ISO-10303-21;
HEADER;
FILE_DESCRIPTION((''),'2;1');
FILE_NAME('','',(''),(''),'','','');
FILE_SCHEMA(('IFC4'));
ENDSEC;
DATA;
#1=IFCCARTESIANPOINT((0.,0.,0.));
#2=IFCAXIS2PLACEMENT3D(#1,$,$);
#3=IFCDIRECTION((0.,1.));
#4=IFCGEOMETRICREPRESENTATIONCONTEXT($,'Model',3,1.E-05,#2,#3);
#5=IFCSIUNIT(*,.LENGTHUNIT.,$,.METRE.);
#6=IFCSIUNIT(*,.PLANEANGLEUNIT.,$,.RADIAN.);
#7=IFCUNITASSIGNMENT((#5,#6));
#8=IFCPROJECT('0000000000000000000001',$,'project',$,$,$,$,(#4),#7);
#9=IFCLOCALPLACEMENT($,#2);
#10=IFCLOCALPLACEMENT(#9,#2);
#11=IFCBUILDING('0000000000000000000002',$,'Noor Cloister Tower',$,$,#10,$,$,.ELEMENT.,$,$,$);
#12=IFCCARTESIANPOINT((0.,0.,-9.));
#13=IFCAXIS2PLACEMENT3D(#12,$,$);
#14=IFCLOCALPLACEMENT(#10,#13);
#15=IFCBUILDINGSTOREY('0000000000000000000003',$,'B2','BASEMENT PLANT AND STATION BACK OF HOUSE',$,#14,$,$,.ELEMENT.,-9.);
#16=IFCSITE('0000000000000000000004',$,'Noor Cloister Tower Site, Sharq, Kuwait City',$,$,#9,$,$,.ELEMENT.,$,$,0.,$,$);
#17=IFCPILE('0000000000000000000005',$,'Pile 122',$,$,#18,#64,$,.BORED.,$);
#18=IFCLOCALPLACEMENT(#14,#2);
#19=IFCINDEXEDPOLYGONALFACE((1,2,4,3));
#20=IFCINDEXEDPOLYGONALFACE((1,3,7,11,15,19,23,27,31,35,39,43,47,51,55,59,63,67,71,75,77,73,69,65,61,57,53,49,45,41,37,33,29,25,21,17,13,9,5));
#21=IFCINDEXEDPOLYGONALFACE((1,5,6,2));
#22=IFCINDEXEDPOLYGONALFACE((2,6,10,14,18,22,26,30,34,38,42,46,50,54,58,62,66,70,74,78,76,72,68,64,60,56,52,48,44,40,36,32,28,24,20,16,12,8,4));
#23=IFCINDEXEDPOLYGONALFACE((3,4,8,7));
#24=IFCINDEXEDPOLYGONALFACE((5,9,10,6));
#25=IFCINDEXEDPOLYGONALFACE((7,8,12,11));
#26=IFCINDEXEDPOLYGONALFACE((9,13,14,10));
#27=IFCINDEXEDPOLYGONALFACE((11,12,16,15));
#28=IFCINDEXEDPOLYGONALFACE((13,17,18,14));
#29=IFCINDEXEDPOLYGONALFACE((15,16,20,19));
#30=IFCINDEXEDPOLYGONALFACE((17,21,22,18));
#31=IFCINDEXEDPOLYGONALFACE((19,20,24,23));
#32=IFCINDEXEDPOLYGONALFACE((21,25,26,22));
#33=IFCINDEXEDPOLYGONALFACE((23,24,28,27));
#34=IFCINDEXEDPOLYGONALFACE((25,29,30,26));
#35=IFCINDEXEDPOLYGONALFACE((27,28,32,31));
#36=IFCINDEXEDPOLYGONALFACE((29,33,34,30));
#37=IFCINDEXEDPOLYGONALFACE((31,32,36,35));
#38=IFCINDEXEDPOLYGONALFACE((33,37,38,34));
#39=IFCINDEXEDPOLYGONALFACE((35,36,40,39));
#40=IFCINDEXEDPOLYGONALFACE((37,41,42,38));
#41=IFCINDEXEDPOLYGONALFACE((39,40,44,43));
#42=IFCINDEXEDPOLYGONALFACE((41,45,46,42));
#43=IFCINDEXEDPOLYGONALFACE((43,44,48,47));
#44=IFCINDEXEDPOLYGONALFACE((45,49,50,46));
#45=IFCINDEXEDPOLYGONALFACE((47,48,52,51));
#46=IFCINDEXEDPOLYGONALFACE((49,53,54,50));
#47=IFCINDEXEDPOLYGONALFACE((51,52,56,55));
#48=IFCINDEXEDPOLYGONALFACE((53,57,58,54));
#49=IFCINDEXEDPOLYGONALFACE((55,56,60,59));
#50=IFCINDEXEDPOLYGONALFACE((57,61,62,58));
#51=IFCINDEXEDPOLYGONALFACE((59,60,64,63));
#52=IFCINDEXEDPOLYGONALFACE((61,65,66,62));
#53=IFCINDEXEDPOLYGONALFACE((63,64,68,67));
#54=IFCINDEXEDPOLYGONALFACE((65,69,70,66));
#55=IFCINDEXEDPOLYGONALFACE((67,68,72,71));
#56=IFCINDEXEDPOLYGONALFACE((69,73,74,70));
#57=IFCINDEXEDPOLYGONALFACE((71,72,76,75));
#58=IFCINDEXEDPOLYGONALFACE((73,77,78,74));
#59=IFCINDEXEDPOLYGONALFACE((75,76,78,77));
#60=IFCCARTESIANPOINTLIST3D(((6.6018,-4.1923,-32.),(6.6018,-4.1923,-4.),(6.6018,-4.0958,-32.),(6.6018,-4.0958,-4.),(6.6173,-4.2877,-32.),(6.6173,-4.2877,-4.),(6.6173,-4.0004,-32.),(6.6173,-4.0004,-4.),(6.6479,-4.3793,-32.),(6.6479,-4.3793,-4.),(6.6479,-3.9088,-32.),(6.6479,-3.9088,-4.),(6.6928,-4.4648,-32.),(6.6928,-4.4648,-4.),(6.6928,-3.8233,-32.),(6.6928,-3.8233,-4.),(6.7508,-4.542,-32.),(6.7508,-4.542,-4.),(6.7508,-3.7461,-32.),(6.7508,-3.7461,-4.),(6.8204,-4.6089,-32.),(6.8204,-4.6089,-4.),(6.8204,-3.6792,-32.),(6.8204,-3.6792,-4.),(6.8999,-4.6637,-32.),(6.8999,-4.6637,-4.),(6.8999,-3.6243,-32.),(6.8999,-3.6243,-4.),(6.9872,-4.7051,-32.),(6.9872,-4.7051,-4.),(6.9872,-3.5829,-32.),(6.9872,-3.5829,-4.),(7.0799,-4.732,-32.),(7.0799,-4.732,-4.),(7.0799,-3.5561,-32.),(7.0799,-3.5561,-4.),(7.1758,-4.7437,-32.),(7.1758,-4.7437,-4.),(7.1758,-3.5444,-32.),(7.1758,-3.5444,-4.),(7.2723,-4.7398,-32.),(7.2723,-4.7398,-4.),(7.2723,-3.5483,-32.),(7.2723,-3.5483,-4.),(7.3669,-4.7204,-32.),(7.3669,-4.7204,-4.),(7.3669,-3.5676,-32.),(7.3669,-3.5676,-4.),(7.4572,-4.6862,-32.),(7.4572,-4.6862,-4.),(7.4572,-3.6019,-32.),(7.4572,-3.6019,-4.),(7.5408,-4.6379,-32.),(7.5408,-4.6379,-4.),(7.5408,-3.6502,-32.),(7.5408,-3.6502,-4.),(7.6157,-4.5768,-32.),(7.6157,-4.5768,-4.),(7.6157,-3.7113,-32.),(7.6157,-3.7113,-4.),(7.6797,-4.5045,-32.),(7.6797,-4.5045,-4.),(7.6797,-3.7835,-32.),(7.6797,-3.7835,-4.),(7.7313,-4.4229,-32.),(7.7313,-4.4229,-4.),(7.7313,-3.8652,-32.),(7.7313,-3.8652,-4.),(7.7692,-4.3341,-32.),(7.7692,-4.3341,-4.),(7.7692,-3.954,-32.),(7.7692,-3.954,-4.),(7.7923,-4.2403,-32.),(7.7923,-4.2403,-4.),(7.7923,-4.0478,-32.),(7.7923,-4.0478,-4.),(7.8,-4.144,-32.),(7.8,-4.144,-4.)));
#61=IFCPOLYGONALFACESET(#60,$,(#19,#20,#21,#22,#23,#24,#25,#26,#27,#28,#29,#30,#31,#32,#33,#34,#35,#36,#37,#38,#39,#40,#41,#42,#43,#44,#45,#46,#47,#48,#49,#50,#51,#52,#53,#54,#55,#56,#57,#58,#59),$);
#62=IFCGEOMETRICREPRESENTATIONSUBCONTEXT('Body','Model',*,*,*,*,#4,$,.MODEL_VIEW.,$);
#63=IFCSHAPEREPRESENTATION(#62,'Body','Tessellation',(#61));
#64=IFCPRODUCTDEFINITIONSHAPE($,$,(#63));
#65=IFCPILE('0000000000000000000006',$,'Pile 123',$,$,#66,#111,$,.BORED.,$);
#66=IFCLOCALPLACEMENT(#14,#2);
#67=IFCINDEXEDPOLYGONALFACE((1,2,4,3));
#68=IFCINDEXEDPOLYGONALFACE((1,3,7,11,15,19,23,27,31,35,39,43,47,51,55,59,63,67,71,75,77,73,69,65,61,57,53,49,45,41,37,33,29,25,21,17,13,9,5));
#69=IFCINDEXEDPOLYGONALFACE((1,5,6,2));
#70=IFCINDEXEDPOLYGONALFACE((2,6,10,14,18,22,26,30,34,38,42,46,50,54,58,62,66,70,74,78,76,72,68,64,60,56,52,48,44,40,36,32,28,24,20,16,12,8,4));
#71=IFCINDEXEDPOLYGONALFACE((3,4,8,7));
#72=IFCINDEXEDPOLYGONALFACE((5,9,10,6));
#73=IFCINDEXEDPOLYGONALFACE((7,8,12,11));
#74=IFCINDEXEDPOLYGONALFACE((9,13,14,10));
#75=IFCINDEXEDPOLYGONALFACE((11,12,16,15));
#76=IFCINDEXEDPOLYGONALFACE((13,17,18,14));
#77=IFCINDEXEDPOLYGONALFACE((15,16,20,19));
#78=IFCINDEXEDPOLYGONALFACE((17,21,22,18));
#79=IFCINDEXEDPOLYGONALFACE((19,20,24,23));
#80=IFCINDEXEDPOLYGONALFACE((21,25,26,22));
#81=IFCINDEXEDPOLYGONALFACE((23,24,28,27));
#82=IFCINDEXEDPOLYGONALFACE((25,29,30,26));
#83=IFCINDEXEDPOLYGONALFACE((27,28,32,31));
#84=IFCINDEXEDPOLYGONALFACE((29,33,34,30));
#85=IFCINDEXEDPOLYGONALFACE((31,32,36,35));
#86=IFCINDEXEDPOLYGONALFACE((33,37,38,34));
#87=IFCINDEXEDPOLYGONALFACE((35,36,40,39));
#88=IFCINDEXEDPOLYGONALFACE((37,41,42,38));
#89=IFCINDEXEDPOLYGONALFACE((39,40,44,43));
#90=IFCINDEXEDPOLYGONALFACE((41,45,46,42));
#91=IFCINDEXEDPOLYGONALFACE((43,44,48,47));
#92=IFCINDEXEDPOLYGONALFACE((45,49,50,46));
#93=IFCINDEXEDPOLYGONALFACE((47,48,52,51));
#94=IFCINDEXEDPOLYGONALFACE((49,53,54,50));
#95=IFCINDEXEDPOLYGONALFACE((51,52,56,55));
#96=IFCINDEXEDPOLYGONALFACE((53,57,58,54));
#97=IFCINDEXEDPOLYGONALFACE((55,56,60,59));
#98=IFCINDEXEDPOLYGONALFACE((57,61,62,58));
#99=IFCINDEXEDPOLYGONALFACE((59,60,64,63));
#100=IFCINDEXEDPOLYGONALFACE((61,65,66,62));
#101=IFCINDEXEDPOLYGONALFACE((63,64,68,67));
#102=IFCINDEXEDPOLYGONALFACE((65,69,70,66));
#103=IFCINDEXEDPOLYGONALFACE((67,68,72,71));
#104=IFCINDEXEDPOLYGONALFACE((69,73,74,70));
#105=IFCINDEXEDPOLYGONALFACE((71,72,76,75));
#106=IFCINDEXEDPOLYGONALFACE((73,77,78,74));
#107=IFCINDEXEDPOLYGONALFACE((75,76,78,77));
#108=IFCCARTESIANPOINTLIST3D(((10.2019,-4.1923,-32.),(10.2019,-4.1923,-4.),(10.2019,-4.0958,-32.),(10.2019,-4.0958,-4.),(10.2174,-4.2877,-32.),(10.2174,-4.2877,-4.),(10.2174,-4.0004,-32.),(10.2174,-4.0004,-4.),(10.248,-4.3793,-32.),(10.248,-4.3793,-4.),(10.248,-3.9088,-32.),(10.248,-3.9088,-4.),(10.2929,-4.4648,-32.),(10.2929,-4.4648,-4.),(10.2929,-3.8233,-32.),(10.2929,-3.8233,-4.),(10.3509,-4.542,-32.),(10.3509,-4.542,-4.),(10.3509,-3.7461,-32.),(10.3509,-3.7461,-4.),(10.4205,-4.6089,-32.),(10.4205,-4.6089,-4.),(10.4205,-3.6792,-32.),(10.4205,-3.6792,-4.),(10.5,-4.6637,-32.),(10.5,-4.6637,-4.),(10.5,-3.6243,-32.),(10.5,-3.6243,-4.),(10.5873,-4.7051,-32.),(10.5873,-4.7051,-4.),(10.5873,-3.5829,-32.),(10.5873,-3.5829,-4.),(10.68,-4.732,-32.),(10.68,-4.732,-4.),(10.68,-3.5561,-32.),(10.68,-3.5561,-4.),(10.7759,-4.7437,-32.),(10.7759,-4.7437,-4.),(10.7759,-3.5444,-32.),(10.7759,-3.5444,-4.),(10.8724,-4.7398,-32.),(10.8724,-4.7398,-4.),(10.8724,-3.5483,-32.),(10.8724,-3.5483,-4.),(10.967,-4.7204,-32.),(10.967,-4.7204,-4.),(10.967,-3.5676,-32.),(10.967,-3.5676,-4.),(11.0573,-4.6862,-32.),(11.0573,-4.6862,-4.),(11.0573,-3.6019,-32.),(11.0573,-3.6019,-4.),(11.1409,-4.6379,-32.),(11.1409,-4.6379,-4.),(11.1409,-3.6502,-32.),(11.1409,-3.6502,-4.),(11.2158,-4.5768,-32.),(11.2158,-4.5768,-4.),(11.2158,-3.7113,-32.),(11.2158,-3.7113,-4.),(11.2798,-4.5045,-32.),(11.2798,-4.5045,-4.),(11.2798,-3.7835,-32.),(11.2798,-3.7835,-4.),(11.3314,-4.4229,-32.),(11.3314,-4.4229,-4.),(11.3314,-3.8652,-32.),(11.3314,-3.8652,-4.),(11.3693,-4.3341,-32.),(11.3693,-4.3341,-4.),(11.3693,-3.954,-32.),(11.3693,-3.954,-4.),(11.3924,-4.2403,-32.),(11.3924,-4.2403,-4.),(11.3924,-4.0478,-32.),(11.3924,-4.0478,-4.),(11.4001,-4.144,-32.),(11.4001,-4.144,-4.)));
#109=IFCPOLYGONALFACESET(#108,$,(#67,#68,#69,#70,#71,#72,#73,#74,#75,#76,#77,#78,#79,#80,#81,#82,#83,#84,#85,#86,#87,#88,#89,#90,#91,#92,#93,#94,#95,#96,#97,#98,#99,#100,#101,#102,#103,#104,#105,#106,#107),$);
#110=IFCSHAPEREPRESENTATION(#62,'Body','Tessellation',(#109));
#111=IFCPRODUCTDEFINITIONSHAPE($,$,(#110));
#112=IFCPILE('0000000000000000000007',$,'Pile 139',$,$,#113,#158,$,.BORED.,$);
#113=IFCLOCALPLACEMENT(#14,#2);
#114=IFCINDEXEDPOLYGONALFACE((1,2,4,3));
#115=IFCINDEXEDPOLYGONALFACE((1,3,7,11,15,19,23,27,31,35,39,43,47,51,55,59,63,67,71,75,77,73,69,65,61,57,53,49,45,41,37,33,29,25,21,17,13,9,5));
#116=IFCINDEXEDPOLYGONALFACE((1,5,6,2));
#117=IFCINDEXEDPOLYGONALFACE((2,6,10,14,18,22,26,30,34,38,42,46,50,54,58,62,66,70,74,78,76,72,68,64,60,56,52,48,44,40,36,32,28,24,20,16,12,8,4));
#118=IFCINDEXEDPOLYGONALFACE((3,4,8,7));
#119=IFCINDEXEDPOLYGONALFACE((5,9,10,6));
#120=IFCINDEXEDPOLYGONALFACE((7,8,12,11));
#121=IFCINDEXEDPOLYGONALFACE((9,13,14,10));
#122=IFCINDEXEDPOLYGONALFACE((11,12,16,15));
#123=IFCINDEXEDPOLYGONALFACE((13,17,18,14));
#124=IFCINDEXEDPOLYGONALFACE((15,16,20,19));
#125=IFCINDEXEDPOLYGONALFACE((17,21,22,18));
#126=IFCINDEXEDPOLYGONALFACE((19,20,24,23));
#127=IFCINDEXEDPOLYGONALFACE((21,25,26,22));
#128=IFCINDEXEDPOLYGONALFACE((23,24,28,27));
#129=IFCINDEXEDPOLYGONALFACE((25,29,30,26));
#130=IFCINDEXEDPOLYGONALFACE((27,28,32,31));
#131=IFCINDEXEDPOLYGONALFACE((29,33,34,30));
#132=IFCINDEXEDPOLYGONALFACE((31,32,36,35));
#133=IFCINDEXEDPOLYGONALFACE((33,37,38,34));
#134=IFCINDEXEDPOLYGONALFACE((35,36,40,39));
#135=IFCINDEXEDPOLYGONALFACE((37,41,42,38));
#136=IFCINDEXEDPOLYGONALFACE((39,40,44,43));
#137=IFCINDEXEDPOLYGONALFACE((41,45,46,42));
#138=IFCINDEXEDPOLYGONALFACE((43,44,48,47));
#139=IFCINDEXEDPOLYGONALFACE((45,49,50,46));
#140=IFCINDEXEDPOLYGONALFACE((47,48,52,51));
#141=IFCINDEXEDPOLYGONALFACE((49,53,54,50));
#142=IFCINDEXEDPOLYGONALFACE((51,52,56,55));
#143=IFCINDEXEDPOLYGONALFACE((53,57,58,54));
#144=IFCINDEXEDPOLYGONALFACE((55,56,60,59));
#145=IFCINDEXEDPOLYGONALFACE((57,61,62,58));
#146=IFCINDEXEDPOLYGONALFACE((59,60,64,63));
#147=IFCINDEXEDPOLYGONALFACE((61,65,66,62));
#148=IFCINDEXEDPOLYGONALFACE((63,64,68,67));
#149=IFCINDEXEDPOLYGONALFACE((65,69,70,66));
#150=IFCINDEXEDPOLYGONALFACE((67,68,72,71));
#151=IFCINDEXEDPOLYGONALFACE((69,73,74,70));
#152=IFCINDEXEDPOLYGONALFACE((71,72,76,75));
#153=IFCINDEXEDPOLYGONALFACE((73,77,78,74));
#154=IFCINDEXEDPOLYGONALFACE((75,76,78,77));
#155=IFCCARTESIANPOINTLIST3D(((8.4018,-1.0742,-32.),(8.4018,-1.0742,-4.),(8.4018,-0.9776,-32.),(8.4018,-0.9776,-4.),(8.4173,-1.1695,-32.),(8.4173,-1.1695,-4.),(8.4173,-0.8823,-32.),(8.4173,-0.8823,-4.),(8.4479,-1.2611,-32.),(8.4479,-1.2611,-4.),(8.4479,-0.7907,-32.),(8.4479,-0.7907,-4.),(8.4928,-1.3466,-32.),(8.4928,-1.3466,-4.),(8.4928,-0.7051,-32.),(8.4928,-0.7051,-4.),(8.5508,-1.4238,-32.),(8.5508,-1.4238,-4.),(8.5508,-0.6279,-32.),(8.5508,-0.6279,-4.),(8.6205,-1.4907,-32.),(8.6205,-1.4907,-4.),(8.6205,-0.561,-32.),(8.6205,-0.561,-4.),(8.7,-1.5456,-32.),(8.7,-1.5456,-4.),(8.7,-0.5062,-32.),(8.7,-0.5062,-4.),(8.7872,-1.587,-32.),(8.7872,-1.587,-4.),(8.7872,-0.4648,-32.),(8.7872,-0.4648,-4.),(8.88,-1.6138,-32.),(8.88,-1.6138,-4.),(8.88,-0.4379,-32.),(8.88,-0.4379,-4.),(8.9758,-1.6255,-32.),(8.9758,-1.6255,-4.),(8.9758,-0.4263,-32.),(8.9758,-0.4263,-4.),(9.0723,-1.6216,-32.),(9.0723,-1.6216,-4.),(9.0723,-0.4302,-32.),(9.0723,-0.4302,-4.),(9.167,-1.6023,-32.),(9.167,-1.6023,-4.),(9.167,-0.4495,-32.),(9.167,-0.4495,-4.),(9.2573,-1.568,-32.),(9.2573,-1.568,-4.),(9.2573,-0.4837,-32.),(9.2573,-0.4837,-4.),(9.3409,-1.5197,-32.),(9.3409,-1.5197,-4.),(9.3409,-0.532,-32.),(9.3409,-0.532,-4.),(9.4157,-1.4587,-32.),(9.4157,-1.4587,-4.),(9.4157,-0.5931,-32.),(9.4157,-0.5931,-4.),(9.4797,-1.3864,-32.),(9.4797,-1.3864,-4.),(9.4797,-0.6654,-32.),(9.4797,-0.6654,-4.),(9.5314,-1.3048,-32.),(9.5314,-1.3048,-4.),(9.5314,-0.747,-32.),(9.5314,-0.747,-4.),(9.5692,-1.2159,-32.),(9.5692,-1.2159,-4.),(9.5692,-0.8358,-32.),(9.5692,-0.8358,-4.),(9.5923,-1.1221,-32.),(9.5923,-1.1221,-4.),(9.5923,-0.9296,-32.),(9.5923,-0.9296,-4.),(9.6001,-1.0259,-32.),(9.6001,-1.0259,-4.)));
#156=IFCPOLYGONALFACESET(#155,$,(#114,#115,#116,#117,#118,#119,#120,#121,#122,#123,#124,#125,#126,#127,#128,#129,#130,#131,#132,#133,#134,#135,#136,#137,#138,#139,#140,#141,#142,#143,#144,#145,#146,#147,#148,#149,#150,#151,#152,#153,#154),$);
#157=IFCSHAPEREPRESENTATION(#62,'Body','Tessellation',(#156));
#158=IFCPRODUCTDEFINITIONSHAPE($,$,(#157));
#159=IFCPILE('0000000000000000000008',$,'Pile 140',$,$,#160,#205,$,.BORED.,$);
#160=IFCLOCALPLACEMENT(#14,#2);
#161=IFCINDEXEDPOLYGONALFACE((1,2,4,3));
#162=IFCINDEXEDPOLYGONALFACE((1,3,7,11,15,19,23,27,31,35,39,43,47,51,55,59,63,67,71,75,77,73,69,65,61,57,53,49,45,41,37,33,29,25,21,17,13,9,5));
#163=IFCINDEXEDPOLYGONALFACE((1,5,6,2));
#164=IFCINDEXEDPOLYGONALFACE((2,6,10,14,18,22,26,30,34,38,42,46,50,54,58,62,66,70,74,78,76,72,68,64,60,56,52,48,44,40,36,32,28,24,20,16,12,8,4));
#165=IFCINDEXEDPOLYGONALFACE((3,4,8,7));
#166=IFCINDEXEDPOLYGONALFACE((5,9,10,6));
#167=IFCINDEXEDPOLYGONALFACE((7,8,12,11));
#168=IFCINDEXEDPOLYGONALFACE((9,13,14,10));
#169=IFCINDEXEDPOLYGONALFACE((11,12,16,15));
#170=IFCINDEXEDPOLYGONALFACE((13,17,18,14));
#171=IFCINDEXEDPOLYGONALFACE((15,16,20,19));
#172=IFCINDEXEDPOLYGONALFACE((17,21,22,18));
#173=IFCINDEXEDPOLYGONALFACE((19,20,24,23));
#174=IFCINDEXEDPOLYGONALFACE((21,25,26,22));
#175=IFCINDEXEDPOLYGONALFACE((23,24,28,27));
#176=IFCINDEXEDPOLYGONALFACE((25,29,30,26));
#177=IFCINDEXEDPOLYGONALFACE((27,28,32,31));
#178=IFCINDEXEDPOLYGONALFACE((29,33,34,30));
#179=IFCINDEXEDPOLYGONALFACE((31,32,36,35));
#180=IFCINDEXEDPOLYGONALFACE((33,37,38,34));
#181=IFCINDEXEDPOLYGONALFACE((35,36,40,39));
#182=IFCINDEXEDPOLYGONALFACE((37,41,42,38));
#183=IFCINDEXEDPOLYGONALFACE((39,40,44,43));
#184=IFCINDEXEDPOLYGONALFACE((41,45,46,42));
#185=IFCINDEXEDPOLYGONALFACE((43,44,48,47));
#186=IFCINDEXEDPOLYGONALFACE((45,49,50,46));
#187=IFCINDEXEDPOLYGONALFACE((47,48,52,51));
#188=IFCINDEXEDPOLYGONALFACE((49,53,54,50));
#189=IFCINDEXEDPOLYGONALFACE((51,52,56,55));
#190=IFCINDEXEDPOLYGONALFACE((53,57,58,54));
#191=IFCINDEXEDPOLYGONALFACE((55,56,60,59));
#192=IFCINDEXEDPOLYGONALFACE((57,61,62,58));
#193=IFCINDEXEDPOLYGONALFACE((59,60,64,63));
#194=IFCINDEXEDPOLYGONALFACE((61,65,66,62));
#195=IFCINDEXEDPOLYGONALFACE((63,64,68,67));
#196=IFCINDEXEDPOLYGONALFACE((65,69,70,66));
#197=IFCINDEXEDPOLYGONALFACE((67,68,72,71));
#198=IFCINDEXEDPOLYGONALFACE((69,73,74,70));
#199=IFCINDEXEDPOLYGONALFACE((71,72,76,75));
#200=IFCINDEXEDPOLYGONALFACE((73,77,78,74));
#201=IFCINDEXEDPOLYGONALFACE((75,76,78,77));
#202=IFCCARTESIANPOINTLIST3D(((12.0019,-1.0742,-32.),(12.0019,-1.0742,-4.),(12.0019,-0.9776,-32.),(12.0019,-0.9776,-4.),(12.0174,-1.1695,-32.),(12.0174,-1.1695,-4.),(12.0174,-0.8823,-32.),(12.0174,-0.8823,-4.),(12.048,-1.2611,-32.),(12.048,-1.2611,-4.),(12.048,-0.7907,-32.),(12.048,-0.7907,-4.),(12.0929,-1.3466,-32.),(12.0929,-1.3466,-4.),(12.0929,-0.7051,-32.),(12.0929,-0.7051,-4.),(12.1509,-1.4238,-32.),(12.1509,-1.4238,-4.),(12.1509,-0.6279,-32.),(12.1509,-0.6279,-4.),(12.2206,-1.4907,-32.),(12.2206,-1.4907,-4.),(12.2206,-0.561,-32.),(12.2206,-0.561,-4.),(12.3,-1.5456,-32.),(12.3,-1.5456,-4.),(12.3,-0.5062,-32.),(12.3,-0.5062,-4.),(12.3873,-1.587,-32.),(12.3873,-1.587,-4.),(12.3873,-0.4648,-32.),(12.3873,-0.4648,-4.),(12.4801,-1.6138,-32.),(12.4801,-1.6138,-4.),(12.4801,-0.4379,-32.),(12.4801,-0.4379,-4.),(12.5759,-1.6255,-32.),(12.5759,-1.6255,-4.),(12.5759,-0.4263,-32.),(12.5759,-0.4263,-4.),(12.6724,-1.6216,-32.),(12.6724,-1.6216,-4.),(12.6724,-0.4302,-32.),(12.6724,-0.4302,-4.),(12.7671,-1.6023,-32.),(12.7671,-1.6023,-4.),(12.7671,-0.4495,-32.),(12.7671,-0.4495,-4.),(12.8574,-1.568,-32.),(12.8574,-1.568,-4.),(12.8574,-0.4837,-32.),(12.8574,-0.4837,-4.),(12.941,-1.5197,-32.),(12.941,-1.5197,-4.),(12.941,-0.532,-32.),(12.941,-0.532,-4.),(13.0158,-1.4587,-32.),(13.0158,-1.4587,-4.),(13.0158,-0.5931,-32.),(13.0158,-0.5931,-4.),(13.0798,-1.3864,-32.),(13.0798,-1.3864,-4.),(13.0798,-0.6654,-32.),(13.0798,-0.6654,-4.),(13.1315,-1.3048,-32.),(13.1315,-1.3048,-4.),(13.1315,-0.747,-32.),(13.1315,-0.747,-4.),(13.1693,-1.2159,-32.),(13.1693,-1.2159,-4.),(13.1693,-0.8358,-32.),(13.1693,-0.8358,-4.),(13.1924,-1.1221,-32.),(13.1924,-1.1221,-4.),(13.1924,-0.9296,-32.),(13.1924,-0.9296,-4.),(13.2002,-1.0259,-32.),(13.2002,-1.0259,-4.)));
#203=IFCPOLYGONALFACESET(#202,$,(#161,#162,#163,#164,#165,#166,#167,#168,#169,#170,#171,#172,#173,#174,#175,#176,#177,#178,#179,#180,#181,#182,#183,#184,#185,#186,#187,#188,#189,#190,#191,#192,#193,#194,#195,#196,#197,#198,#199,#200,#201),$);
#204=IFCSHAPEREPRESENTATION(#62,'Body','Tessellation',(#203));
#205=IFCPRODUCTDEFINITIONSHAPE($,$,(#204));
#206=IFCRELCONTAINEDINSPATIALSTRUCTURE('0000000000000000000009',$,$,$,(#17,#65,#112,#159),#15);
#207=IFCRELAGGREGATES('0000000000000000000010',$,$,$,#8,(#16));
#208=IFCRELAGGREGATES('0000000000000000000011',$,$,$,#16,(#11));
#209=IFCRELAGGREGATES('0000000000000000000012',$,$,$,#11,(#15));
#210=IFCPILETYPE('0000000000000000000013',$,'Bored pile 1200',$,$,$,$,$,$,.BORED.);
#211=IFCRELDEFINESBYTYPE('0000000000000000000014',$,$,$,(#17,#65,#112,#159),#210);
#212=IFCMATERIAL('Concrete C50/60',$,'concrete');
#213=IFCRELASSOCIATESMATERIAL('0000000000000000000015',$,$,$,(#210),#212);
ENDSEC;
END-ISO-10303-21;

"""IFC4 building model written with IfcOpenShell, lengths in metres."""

from ifc_helpers import new_model, si_unit, direction, frame, origin, origin_2d, place, context, subcontext, project, spatial, circle, extrude, material, material_profile, profile_set, type_object, element, save


model = new_model("IFC4")

# Units and contexts
model_context = context("Model", 3, precision=1e-05, world=origin(), true_north=direction((0.0, 1.0)))
body_context = subcontext(model_context, "Body", "Model", "MODEL_VIEW")
ifc_project = project(units=[si_unit("LENGTHUNIT", "METRE"), si_unit("PLANEANGLEUNIT", "RADIAN")], contexts=[model_context])

# Site, building, storey
site_placement = place(None, origin())
site = spatial("IfcSite", under=ifc_project, at=site_placement, Name="Noor Cloister Tower Site, Sharq, Kuwait City", CompositionType="ELEMENT", RefElevation=0.0)
building_placement = place(site_placement, origin())
building = spatial("IfcBuilding", under=site, at=building_placement, Name="Noor Cloister Tower", CompositionType="ELEMENT")
storey_placement = place(building_placement, frame((0.0, 0.0, -9.0)))
storey = spatial("IfcBuildingStorey", under=building, at=storey_placement, Name="B2", Description="BASEMENT PLANT AND STATION BACK OF HOUSE", CompositionType="ELEMENT", Elevation=-9.0)

# Piles
ifc_material_1 = material(Name="Concrete C50/60", Category="concrete")
ifc_material_profile = material_profile(ifc_material_1, circle(Radius=0.6001, at=origin_2d()), Name="Bored pile 1200")
ifc_profile_set = profile_set([ifc_material_profile], Name="Concrete C50/60")
pile_type = type_object("IfcPileType", Name="Bored pile 1200", PredefinedType="BORED", material=ifc_profile_set)
for number, where, z_axis, x_axis, name in (
    (1, (7.2, -4.144, -4.0), (0.0, 0.0, -1.0), (1.0, 0.0, 0.0), "Pile 122"),
    (2, (10.8, -4.144, -4.0), (0.0, 0.0, -1.0), (1.0, 0.0, 0.0), "Pile 123"),
    (3, (9.0, -1.0259, -4.0), (0.0, 0.0, -1.0), (1.0, 0.0, 0.0), "Pile 139"),
    (4, (12.6001, -1.0259, -4.0), (0.0, 0.0, -1.0), (1.0, 0.0, 0.0), "Pile 140"),
):
    element("IfcPile", number, at=place(storey_placement, frame(where, z_axis=z_axis, x_axis=x_axis)), inside=storey, type_object=pile_type, Name=name, PredefinedType="BORED", context=body_context, shape_type="SweptSolid", body=[
        extrude(circle(Radius=0.6001, at=origin_2d()), origin(), (0.0, 0.0, 1.0), 28.0),
    ])

save(model, "model.ifc")
